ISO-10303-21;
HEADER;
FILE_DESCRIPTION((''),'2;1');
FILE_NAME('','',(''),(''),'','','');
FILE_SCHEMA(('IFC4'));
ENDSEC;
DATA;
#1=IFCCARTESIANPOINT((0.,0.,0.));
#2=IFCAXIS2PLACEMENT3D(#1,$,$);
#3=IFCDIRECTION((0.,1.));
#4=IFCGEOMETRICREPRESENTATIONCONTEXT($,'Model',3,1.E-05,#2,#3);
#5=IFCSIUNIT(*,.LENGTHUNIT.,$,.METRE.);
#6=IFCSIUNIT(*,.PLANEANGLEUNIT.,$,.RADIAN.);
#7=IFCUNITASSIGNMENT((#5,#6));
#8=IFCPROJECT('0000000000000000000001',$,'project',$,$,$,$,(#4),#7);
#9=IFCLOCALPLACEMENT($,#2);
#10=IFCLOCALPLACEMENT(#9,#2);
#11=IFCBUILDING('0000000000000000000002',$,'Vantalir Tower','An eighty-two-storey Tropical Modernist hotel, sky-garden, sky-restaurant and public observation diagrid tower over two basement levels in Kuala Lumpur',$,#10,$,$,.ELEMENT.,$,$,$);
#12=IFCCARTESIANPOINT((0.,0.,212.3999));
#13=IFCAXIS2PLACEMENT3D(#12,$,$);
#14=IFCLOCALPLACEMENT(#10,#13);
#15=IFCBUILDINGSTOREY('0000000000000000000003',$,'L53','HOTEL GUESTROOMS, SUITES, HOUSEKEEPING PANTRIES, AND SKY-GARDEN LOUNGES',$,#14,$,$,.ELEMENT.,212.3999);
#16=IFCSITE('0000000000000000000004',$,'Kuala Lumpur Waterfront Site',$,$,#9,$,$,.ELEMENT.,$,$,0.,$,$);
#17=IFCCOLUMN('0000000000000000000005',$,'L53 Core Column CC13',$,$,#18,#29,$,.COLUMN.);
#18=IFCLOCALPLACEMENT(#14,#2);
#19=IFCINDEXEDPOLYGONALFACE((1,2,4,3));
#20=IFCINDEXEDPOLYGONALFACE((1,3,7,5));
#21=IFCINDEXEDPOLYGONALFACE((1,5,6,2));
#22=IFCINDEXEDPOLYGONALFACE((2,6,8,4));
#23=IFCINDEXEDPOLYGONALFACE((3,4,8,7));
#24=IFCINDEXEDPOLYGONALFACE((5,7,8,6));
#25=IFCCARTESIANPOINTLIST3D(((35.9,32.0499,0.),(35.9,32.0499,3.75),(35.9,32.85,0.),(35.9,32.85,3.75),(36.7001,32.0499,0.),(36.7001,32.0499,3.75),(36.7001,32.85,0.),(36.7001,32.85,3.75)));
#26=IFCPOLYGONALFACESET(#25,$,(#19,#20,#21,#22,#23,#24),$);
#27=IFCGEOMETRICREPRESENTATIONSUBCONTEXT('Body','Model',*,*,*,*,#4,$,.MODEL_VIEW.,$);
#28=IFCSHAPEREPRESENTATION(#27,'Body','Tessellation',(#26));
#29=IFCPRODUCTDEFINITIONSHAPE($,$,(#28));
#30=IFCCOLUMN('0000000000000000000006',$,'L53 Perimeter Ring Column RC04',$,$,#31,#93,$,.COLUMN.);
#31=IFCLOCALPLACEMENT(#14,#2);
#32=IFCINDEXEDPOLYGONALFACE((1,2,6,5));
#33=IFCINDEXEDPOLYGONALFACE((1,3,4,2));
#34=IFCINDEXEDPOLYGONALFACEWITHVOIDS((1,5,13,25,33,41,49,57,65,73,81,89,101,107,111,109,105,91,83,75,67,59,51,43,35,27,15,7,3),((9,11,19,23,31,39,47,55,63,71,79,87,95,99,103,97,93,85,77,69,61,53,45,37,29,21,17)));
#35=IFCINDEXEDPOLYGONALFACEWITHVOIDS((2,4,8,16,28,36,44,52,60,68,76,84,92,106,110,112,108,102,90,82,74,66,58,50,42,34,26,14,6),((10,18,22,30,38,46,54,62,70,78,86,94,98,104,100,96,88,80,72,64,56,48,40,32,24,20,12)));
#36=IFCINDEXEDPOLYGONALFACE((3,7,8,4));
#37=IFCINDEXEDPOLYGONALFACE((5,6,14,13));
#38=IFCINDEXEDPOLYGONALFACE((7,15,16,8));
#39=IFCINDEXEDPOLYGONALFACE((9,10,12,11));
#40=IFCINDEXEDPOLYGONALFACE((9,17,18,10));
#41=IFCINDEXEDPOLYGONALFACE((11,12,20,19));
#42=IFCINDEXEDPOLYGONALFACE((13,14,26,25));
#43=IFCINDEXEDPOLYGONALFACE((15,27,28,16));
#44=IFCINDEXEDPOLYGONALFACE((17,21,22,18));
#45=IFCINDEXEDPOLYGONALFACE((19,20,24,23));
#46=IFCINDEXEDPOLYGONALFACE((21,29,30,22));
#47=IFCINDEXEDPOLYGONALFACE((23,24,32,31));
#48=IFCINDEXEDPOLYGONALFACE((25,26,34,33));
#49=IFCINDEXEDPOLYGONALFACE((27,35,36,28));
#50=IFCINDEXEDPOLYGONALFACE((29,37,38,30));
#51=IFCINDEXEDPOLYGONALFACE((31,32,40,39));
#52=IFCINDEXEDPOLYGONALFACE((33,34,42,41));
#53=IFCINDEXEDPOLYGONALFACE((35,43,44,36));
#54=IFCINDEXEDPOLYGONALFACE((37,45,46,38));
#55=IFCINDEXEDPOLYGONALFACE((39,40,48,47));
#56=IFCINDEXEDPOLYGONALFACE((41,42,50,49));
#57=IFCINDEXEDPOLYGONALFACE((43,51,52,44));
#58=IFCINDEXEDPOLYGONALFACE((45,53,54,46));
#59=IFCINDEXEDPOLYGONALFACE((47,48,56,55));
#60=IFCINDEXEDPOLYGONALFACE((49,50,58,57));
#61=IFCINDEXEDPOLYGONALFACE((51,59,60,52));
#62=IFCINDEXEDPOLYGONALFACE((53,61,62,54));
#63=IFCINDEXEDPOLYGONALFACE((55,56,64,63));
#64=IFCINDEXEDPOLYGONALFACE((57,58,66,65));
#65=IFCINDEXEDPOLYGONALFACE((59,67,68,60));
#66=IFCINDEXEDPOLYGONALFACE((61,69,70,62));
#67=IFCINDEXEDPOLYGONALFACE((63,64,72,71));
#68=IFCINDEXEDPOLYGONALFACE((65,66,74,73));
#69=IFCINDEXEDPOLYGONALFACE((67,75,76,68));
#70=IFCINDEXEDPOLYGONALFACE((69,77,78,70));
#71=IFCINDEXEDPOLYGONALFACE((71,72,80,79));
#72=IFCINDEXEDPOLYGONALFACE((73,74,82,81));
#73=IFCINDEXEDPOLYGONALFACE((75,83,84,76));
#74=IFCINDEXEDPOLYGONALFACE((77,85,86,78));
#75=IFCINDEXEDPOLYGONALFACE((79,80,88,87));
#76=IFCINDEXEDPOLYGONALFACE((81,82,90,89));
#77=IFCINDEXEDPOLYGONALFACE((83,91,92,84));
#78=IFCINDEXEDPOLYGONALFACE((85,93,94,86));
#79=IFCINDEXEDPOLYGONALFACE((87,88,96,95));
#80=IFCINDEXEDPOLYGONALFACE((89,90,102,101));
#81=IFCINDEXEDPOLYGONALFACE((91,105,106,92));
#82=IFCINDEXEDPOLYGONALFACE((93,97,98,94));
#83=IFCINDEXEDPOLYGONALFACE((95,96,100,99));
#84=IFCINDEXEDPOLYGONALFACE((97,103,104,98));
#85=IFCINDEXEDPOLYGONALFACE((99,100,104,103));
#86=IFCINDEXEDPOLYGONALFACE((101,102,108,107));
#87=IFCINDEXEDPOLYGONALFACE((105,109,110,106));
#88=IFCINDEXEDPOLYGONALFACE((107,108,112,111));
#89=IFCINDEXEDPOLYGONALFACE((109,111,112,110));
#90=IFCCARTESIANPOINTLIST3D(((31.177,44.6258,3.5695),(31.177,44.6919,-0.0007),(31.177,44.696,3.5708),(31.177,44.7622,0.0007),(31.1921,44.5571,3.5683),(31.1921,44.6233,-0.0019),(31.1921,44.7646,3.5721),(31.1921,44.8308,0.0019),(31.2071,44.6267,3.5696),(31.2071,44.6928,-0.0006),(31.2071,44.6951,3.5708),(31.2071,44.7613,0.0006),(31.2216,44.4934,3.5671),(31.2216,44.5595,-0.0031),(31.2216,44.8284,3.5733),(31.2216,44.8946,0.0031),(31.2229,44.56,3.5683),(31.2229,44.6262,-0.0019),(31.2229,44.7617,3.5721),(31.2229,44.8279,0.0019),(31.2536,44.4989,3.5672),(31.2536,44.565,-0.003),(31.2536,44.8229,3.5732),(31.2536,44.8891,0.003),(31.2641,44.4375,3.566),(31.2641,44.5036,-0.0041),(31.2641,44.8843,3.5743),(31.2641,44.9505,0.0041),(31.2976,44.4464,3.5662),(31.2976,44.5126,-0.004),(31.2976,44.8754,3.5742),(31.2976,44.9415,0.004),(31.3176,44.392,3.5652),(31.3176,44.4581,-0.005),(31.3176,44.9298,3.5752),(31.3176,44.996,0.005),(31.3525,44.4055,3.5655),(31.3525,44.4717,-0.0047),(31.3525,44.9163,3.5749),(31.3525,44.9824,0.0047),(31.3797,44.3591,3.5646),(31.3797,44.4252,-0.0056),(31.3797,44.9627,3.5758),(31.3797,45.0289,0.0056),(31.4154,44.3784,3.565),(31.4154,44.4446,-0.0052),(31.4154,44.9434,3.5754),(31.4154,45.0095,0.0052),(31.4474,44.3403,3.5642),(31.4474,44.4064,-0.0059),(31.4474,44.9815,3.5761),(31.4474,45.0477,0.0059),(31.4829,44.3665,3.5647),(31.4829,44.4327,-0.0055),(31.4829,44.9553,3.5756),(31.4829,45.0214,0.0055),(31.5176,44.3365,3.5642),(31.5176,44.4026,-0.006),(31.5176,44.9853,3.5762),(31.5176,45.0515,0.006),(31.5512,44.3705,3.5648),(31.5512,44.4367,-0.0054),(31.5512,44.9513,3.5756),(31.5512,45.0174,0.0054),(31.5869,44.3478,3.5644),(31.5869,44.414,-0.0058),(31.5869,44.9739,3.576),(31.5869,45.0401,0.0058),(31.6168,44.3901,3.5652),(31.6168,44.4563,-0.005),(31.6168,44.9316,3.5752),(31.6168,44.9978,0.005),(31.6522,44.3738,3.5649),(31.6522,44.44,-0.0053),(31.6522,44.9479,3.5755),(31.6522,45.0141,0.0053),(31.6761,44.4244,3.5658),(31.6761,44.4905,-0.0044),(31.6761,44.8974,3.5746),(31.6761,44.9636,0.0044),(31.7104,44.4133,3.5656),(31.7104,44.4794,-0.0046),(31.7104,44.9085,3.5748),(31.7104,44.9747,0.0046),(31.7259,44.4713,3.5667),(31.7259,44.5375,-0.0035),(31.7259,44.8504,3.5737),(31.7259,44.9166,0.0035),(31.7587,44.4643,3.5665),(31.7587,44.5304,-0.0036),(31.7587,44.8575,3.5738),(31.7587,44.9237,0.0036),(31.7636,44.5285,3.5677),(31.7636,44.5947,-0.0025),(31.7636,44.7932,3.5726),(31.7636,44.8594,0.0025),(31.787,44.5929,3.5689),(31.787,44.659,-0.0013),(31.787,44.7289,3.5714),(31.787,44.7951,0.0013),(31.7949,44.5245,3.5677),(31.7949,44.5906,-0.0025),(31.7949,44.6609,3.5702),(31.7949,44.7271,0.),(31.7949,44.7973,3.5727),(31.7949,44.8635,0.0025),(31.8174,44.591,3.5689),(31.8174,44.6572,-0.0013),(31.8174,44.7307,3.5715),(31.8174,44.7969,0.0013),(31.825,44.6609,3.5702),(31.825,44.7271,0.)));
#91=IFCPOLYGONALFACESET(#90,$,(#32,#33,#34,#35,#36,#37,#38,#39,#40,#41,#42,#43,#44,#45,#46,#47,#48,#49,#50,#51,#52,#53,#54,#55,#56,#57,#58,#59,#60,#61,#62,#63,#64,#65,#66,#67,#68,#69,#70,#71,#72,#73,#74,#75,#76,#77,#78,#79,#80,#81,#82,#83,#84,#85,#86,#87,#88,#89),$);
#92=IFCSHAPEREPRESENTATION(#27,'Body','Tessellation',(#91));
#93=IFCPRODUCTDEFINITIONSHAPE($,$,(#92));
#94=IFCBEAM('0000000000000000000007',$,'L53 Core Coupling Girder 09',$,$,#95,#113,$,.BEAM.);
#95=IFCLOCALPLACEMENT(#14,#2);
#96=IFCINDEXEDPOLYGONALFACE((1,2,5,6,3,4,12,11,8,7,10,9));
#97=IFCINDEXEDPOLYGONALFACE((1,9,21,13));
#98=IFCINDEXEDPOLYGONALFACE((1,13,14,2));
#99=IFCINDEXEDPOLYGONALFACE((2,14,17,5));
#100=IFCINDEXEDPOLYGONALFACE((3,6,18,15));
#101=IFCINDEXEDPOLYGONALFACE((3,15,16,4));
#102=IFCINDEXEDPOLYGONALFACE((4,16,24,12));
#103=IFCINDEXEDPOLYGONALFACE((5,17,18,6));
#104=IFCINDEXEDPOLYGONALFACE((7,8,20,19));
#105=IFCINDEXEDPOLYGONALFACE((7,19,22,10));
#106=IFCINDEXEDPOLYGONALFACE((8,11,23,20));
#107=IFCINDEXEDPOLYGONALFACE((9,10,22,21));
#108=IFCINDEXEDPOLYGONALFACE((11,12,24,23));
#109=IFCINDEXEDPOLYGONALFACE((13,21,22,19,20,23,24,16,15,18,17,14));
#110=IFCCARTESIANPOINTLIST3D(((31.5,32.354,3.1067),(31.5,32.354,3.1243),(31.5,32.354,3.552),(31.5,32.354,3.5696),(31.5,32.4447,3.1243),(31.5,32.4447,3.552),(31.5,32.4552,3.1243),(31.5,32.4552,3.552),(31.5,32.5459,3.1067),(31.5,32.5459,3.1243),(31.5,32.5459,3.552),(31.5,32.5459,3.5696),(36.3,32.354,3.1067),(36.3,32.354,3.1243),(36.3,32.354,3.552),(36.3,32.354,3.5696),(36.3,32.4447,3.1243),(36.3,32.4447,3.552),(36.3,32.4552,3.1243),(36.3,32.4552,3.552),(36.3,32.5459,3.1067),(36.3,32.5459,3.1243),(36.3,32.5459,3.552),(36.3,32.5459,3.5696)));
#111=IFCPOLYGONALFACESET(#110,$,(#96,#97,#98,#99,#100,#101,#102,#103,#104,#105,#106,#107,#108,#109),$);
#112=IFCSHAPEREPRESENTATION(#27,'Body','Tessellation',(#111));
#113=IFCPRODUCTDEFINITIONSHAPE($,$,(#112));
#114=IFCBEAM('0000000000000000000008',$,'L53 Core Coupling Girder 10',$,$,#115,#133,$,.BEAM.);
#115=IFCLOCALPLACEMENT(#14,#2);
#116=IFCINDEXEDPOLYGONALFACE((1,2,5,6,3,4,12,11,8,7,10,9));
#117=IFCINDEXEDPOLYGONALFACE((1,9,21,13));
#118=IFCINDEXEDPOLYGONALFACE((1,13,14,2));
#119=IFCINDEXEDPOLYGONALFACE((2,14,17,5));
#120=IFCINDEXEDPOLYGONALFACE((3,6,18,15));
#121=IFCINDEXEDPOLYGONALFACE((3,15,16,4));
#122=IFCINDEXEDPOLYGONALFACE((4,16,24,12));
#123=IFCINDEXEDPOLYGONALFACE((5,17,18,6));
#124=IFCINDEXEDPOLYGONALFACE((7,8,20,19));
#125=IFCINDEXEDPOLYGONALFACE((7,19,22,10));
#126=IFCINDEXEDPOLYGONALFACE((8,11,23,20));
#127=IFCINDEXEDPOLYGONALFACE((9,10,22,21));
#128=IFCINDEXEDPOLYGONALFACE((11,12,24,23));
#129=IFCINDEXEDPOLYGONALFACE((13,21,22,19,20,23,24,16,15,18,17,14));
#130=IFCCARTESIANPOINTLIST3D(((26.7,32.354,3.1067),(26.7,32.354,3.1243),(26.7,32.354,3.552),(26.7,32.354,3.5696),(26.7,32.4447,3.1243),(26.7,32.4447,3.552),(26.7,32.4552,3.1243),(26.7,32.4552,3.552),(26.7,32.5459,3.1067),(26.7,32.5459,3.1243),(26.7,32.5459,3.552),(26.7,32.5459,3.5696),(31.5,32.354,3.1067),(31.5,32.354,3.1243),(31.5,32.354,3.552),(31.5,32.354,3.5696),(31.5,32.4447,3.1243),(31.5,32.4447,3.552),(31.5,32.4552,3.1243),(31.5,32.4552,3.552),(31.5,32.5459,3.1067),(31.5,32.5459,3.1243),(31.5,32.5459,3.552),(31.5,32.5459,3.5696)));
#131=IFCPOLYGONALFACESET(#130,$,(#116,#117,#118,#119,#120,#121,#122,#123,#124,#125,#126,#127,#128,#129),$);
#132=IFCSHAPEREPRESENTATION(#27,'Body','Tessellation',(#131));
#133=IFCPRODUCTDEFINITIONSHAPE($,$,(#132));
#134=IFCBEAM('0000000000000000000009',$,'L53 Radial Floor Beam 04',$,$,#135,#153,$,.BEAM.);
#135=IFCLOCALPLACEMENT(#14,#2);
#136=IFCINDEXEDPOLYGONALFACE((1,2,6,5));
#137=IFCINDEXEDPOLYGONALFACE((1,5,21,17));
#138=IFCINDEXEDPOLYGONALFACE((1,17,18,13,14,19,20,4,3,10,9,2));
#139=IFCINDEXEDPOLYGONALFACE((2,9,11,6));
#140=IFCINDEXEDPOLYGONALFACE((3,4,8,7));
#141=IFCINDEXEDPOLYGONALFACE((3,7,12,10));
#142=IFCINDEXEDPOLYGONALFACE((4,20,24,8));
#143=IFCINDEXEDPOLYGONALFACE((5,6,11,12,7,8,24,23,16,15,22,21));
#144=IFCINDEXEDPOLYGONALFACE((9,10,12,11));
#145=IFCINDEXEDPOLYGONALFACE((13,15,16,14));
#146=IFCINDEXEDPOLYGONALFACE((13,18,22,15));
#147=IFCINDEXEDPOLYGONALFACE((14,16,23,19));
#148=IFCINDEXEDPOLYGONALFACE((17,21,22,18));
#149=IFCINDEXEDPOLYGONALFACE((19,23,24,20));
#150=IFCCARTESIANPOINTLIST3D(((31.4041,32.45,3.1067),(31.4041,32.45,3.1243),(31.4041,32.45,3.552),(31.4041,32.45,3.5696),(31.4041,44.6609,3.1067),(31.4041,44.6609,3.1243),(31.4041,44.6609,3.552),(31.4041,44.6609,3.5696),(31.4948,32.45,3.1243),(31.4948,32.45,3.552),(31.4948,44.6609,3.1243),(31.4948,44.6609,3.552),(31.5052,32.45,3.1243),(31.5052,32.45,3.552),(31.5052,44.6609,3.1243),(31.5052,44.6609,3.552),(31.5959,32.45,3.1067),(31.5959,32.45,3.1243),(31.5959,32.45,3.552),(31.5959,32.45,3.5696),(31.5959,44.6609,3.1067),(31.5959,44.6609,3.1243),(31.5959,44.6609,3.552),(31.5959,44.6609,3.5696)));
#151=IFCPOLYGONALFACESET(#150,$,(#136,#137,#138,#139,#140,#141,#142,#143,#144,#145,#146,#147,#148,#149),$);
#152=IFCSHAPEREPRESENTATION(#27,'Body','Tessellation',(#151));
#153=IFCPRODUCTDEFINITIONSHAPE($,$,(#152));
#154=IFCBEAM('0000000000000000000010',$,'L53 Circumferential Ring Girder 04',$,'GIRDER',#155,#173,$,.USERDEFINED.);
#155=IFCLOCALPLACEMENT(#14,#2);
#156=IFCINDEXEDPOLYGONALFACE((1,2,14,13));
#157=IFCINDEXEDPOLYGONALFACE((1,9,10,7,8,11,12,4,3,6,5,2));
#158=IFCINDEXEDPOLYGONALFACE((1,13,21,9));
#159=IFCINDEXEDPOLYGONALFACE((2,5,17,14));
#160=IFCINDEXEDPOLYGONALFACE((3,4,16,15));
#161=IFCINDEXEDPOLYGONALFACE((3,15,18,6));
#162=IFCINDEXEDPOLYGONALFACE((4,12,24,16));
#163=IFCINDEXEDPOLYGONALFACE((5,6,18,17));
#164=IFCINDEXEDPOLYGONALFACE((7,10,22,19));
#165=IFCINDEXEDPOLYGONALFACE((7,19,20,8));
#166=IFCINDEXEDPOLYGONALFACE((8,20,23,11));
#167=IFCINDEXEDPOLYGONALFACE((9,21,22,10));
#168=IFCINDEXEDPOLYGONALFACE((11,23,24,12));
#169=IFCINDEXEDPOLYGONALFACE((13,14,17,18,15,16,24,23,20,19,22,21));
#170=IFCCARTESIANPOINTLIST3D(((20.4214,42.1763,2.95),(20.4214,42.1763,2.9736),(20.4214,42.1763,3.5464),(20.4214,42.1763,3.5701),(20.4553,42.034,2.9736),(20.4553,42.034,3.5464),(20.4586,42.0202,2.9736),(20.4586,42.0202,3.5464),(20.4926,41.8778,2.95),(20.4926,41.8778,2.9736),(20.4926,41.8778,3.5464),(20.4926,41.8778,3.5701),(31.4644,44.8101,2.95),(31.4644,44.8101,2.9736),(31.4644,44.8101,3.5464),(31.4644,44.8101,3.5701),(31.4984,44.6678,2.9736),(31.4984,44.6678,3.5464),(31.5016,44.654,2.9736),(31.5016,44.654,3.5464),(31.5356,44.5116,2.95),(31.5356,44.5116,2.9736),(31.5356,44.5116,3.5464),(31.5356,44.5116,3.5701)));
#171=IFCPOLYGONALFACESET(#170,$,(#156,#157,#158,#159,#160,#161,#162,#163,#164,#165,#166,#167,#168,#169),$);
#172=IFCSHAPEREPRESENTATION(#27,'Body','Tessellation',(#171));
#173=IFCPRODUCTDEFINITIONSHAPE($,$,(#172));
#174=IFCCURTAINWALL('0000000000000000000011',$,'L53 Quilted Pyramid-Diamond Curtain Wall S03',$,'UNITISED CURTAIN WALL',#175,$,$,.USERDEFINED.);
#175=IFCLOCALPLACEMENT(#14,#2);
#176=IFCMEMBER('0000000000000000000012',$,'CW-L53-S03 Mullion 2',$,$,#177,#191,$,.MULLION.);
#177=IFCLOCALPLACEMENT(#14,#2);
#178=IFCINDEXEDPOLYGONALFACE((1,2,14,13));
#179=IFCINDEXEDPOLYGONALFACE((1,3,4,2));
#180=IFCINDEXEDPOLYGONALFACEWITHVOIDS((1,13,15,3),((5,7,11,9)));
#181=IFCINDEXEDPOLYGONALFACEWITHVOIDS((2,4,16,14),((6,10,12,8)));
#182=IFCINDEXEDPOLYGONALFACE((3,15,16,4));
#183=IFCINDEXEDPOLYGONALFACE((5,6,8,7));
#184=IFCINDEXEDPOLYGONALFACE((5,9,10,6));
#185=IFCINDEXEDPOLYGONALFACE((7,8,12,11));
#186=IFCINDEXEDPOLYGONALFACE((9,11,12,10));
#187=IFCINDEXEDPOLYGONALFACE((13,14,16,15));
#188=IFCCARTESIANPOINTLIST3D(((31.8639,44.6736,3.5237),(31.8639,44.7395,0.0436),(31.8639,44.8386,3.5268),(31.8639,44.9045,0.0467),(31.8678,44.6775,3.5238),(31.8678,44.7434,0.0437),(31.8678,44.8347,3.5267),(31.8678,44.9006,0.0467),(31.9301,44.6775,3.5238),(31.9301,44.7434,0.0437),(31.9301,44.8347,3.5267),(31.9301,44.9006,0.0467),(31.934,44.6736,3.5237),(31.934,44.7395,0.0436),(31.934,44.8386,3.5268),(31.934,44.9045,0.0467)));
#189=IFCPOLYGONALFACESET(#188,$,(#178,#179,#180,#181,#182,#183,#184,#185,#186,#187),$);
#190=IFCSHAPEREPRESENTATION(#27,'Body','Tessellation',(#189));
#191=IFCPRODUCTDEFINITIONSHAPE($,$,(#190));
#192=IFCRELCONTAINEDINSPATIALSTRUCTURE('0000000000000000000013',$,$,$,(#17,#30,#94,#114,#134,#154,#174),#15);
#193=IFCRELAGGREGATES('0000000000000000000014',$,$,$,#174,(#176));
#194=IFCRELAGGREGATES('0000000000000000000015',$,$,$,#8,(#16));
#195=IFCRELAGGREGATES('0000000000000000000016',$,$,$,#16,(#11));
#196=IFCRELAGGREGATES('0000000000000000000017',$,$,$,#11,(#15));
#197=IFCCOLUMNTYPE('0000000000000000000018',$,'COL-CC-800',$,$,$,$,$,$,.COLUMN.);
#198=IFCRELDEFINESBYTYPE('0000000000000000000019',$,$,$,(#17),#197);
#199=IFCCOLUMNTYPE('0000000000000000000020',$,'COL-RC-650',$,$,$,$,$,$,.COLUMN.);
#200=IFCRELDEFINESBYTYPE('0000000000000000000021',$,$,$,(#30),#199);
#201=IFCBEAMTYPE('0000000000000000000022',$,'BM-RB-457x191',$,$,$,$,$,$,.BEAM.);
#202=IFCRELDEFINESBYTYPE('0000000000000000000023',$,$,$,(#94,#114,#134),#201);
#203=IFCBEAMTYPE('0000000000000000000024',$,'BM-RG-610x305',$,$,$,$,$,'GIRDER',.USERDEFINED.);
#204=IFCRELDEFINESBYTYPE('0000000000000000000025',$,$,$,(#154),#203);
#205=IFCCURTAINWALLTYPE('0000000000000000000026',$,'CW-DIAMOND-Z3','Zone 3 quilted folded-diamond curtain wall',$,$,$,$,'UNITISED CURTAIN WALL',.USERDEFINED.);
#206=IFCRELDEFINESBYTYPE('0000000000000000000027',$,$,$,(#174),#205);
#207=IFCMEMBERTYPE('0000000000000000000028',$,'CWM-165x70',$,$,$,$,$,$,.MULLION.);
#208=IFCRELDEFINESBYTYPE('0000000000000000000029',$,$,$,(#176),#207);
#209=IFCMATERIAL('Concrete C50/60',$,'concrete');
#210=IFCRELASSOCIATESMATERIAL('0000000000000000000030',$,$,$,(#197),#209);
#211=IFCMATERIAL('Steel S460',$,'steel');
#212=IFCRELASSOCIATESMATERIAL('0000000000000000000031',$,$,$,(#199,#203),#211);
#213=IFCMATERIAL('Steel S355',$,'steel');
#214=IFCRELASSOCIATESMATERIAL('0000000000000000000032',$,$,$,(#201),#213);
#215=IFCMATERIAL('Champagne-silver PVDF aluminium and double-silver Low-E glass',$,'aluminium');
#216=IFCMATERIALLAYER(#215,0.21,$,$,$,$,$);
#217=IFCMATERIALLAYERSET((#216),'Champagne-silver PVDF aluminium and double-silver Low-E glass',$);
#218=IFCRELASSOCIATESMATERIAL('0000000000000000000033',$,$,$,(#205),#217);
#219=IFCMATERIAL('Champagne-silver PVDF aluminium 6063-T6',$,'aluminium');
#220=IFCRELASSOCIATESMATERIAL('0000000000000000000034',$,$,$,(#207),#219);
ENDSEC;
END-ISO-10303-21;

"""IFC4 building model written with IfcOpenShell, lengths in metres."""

from ifc_helpers import new_model, si_unit, direction, frame, origin, origin_2d, place, context, subcontext, project, spatial, rectangle, hollow_rectangle, hollow_circle, i_section, extrude, material, layer, layer_set, material_profile, profile_set, type_object, element, aggregate, save


model = new_model("IFC4")

# Units and contexts
model_context = context("Model", 3, precision=1e-05, world=origin(), true_north=direction((0.0, 1.0)))
body_context = subcontext(model_context, "Body", "Model", "MODEL_VIEW")
ifc_project = project(units=[si_unit("LENGTHUNIT", "METRE"), si_unit("PLANEANGLEUNIT", "RADIAN")], contexts=[model_context])

# Site, building, storey
site_placement = place(None, origin())
site = spatial("IfcSite", under=ifc_project, at=site_placement, Name="Kuala Lumpur Waterfront Site", CompositionType="ELEMENT", RefElevation=0.0)
building_placement = place(site_placement, origin())
building = spatial("IfcBuilding", under=site, at=building_placement, Name="Vantalir Tower", Description="An eighty-two-storey Tropical Modernist hotel, sky-garden, sky-restaurant and public observation diagrid tower over two basement levels in Kuala Lumpur", CompositionType="ELEMENT")
storey_placement = place(building_placement, frame((0.0, 0.0, 212.3999)))
storey = spatial("IfcBuildingStorey", under=building, at=storey_placement, Name="L53", Description="HOTEL GUESTROOMS, SUITES, HOUSEKEEPING PANTRIES, AND SKY-GARDEN LOUNGES", CompositionType="ELEMENT", Elevation=212.3999)

# Columns
ifc_material_1 = material(Name="Concrete C50/60", Category="concrete")
ifc_material_profile_1 = material_profile(ifc_material_1, rectangle(XDim=0.8, YDim=0.8, at=origin_2d()), Name="Concrete C50/60")
ifc_profile_set_1 = profile_set([ifc_material_profile_1], Name="Concrete C50/60")
column_type_1 = type_object("IfcColumnType", Name="COL-CC-800", PredefinedType="COLUMN", material=ifc_profile_set_1)
column_1_placement = place(storey_placement, frame((36.3, 32.45, 0.0), z_axis=(0.0, 0.0, 1.0), x_axis=(1.0, 0.0, 0.0)))
element("IfcColumn", 1, at=column_1_placement, inside=storey, type_object=column_type_1, Name="L53 Core Column CC13", PredefinedType="COLUMN", context=body_context, shape_type="SweptSolid", body=[
    extrude(rectangle(XDim=0.8, YDim=0.8, at=origin_2d()), origin(), (0.0, 0.0, 1.0), 3.75),
])
ifc_material_2 = material(Name="Steel S460", Category="steel")
ifc_material_profile_2 = material_profile(ifc_material_2, hollow_circle(Radius=0.325, WallThickness=0.03, at=origin_2d()), Name="Steel S460")
ifc_profile_set_2 = profile_set([ifc_material_profile_2], Name="Steel S460")
column_type_2 = type_object("IfcColumnType", Name="COL-RC-650", PredefinedType="COLUMN", material=ifc_profile_set_2)
column_2_placement = place(storey_placement, frame((31.5, 44.7271, 0.0), z_axis=(0.0, -0.018529, 0.999828), x_axis=(1.0, 0.0, 0.0)))
element("IfcColumn", 2, at=column_2_placement, inside=storey, type_object=column_type_2, Name="L53 Perimeter Ring Column RC04", PredefinedType="COLUMN", context=body_context, shape_type="SweptSolid", body=[
    extrude(hollow_circle(Radius=0.325, WallThickness=0.03, at=origin_2d()), origin(), (0.0, 0.0, 1.0), 3.5708),
])

# Beams
ifc_material_3 = material(Name="Steel S355", Category="steel")
ifc_material_profile_3 = material_profile(ifc_material_3, i_section(OverallWidth=0.1919, OverallDepth=0.4629, WebThickness=0.0105, FlangeThickness=0.0176, at=origin_2d()), Name="Steel S355")
ifc_profile_set_3 = profile_set([ifc_material_profile_3], Name="Steel S355")
beam_type_1 = type_object("IfcBeamType", Name="BM-RB-457x191", PredefinedType="BEAM", material=ifc_profile_set_3)
for number, where, z_axis, x_axis, name in (
    (3, (36.3, 32.45, 3.3381), (-1.0, 0.0, 0.0), (0.0, -1.0, 0.0), "L53 Core Coupling Girder 09"),
    (4, (31.5, 32.45, 3.3381), (-1.0, 0.0, 0.0), (0.0, -1.0, 0.0), "L53 Core Coupling Girder 10"),
):
    element("IfcBeam", number, at=place(storey_placement, frame(where, z_axis=z_axis, x_axis=x_axis)), inside=storey, type_object=beam_type_1, Name=name, PredefinedType="BEAM", context=body_context, shape_type="SweptSolid", body=[
        extrude(i_section(OverallWidth=0.1919, OverallDepth=0.4629, WebThickness=0.0105, FlangeThickness=0.0176, at=origin_2d()), origin(), (0.0, 0.0, 1.0), 4.8),
    ])
beam_1_placement = place(storey_placement, frame((31.5, 44.6609, 3.3381), z_axis=(0.0, -1.0, 0.0), x_axis=(1.0, 0.0, 0.0)))
element("IfcBeam", 5, at=beam_1_placement, inside=storey, type_object=beam_type_1, Name="L53 Radial Floor Beam 04", PredefinedType="BEAM", context=body_context, shape_type="SweptSolid", body=[
    extrude(i_section(OverallWidth=0.1919, OverallDepth=0.4629, WebThickness=0.0105, FlangeThickness=0.0176, at=origin_2d()), origin(), (0.0, 0.0, 1.0), 12.2109),
])
ifc_material_profile_4 = material_profile(ifc_material_2, i_section(OverallWidth=0.3069, OverallDepth=0.6201, WebThickness=0.0142, FlangeThickness=0.0237, at=origin_2d()), Name="Steel S460")
ifc_profile_set_4 = profile_set([ifc_material_profile_4], Name="Steel S460")
beam_type_2 = type_object("IfcBeamType", Name="BM-RG-610x305", ElementType="GIRDER", PredefinedType="USERDEFINED", material=ifc_profile_set_4)
beam_2_placement = place(storey_placement, frame((31.5, 44.6609, 3.26), z_axis=(-0.972717, -0.231997, 0.0), x_axis=(0.231997, -0.972717, 0.0)))
element("IfcBeam", 6, at=beam_2_placement, inside=storey, type_object=beam_type_2, Name="L53 Circumferential Ring Girder 04", ObjectType="GIRDER", PredefinedType="USERDEFINED", context=body_context, shape_type="SweptSolid", body=[
    extrude(i_section(OverallWidth=0.3069, OverallDepth=0.6201, WebThickness=0.0142, FlangeThickness=0.0237, at=origin_2d()), origin(), (0.0, 0.0, 1.0), 11.3528),
])

# Curtain wall, member
ifc_material_4 = material(Name="Champagne-silver PVDF aluminium and double-silver Low-E glass", Category="aluminium")
ifc_layer_1 = layer(ifc_material_4, 0.21)
ifc_layer_set_1 = layer_set([ifc_layer_1], Name="Champagne-silver PVDF aluminium and double-silver Low-E glass")
curtain_wall_type = type_object("IfcCurtainWallType", Name="CW-DIAMOND-Z3", Description="Zone 3 quilted folded-diamond curtain wall", ElementType="UNITISED CURTAIN WALL", PredefinedType="USERDEFINED", material=ifc_layer_set_1)
curtain_wall_1_placement = place(storey_placement, origin())
curtain_wall_1 = element("IfcCurtainWall", 7, at=curtain_wall_1_placement, inside=storey, type_object=curtain_wall_type, Name="L53 Quilted Pyramid-Diamond Curtain Wall S03", ObjectType="UNITISED CURTAIN WALL", PredefinedType="USERDEFINED")
ifc_material_5 = material(Name="Champagne-silver PVDF aluminium 6063-T6", Category="aluminium")
ifc_material_profile_5 = material_profile(ifc_material_5, hollow_rectangle(XDim=0.0701, YDim=0.165, WallThickness=0.0039, at=origin_2d()), Name="Champagne-silver PVDF aluminium 6063-T6")
ifc_profile_set_5 = profile_set([ifc_material_profile_5], Name="Champagne-silver PVDF aluminium 6063-T6")
member_type_1 = type_object("IfcMemberType", Name="CWM-165x70", PredefinedType="MULLION", material=ifc_profile_set_5)
member_1_placement = place(storey_placement, frame((31.8989, 44.822, 0.0452), z_axis=(0.0, -0.018939, 0.999821), x_axis=(1.0, 0.0, 0.0)))
member_1 = element("IfcMember", 8, at=member_1_placement, type_object=member_type_1, Name="CW-L53-S03 Mullion 2", PredefinedType="MULLION", context=body_context, shape_type="SweptSolid", body=[
    extrude(hollow_rectangle(XDim=0.0701, YDim=0.165, WallThickness=0.0039, at=origin_2d()), origin(), (0.0, 0.0, 1.0), 3.4807),
])

aggregate(curtain_wall_1, [member_1])

save(model, "model.ifc")
